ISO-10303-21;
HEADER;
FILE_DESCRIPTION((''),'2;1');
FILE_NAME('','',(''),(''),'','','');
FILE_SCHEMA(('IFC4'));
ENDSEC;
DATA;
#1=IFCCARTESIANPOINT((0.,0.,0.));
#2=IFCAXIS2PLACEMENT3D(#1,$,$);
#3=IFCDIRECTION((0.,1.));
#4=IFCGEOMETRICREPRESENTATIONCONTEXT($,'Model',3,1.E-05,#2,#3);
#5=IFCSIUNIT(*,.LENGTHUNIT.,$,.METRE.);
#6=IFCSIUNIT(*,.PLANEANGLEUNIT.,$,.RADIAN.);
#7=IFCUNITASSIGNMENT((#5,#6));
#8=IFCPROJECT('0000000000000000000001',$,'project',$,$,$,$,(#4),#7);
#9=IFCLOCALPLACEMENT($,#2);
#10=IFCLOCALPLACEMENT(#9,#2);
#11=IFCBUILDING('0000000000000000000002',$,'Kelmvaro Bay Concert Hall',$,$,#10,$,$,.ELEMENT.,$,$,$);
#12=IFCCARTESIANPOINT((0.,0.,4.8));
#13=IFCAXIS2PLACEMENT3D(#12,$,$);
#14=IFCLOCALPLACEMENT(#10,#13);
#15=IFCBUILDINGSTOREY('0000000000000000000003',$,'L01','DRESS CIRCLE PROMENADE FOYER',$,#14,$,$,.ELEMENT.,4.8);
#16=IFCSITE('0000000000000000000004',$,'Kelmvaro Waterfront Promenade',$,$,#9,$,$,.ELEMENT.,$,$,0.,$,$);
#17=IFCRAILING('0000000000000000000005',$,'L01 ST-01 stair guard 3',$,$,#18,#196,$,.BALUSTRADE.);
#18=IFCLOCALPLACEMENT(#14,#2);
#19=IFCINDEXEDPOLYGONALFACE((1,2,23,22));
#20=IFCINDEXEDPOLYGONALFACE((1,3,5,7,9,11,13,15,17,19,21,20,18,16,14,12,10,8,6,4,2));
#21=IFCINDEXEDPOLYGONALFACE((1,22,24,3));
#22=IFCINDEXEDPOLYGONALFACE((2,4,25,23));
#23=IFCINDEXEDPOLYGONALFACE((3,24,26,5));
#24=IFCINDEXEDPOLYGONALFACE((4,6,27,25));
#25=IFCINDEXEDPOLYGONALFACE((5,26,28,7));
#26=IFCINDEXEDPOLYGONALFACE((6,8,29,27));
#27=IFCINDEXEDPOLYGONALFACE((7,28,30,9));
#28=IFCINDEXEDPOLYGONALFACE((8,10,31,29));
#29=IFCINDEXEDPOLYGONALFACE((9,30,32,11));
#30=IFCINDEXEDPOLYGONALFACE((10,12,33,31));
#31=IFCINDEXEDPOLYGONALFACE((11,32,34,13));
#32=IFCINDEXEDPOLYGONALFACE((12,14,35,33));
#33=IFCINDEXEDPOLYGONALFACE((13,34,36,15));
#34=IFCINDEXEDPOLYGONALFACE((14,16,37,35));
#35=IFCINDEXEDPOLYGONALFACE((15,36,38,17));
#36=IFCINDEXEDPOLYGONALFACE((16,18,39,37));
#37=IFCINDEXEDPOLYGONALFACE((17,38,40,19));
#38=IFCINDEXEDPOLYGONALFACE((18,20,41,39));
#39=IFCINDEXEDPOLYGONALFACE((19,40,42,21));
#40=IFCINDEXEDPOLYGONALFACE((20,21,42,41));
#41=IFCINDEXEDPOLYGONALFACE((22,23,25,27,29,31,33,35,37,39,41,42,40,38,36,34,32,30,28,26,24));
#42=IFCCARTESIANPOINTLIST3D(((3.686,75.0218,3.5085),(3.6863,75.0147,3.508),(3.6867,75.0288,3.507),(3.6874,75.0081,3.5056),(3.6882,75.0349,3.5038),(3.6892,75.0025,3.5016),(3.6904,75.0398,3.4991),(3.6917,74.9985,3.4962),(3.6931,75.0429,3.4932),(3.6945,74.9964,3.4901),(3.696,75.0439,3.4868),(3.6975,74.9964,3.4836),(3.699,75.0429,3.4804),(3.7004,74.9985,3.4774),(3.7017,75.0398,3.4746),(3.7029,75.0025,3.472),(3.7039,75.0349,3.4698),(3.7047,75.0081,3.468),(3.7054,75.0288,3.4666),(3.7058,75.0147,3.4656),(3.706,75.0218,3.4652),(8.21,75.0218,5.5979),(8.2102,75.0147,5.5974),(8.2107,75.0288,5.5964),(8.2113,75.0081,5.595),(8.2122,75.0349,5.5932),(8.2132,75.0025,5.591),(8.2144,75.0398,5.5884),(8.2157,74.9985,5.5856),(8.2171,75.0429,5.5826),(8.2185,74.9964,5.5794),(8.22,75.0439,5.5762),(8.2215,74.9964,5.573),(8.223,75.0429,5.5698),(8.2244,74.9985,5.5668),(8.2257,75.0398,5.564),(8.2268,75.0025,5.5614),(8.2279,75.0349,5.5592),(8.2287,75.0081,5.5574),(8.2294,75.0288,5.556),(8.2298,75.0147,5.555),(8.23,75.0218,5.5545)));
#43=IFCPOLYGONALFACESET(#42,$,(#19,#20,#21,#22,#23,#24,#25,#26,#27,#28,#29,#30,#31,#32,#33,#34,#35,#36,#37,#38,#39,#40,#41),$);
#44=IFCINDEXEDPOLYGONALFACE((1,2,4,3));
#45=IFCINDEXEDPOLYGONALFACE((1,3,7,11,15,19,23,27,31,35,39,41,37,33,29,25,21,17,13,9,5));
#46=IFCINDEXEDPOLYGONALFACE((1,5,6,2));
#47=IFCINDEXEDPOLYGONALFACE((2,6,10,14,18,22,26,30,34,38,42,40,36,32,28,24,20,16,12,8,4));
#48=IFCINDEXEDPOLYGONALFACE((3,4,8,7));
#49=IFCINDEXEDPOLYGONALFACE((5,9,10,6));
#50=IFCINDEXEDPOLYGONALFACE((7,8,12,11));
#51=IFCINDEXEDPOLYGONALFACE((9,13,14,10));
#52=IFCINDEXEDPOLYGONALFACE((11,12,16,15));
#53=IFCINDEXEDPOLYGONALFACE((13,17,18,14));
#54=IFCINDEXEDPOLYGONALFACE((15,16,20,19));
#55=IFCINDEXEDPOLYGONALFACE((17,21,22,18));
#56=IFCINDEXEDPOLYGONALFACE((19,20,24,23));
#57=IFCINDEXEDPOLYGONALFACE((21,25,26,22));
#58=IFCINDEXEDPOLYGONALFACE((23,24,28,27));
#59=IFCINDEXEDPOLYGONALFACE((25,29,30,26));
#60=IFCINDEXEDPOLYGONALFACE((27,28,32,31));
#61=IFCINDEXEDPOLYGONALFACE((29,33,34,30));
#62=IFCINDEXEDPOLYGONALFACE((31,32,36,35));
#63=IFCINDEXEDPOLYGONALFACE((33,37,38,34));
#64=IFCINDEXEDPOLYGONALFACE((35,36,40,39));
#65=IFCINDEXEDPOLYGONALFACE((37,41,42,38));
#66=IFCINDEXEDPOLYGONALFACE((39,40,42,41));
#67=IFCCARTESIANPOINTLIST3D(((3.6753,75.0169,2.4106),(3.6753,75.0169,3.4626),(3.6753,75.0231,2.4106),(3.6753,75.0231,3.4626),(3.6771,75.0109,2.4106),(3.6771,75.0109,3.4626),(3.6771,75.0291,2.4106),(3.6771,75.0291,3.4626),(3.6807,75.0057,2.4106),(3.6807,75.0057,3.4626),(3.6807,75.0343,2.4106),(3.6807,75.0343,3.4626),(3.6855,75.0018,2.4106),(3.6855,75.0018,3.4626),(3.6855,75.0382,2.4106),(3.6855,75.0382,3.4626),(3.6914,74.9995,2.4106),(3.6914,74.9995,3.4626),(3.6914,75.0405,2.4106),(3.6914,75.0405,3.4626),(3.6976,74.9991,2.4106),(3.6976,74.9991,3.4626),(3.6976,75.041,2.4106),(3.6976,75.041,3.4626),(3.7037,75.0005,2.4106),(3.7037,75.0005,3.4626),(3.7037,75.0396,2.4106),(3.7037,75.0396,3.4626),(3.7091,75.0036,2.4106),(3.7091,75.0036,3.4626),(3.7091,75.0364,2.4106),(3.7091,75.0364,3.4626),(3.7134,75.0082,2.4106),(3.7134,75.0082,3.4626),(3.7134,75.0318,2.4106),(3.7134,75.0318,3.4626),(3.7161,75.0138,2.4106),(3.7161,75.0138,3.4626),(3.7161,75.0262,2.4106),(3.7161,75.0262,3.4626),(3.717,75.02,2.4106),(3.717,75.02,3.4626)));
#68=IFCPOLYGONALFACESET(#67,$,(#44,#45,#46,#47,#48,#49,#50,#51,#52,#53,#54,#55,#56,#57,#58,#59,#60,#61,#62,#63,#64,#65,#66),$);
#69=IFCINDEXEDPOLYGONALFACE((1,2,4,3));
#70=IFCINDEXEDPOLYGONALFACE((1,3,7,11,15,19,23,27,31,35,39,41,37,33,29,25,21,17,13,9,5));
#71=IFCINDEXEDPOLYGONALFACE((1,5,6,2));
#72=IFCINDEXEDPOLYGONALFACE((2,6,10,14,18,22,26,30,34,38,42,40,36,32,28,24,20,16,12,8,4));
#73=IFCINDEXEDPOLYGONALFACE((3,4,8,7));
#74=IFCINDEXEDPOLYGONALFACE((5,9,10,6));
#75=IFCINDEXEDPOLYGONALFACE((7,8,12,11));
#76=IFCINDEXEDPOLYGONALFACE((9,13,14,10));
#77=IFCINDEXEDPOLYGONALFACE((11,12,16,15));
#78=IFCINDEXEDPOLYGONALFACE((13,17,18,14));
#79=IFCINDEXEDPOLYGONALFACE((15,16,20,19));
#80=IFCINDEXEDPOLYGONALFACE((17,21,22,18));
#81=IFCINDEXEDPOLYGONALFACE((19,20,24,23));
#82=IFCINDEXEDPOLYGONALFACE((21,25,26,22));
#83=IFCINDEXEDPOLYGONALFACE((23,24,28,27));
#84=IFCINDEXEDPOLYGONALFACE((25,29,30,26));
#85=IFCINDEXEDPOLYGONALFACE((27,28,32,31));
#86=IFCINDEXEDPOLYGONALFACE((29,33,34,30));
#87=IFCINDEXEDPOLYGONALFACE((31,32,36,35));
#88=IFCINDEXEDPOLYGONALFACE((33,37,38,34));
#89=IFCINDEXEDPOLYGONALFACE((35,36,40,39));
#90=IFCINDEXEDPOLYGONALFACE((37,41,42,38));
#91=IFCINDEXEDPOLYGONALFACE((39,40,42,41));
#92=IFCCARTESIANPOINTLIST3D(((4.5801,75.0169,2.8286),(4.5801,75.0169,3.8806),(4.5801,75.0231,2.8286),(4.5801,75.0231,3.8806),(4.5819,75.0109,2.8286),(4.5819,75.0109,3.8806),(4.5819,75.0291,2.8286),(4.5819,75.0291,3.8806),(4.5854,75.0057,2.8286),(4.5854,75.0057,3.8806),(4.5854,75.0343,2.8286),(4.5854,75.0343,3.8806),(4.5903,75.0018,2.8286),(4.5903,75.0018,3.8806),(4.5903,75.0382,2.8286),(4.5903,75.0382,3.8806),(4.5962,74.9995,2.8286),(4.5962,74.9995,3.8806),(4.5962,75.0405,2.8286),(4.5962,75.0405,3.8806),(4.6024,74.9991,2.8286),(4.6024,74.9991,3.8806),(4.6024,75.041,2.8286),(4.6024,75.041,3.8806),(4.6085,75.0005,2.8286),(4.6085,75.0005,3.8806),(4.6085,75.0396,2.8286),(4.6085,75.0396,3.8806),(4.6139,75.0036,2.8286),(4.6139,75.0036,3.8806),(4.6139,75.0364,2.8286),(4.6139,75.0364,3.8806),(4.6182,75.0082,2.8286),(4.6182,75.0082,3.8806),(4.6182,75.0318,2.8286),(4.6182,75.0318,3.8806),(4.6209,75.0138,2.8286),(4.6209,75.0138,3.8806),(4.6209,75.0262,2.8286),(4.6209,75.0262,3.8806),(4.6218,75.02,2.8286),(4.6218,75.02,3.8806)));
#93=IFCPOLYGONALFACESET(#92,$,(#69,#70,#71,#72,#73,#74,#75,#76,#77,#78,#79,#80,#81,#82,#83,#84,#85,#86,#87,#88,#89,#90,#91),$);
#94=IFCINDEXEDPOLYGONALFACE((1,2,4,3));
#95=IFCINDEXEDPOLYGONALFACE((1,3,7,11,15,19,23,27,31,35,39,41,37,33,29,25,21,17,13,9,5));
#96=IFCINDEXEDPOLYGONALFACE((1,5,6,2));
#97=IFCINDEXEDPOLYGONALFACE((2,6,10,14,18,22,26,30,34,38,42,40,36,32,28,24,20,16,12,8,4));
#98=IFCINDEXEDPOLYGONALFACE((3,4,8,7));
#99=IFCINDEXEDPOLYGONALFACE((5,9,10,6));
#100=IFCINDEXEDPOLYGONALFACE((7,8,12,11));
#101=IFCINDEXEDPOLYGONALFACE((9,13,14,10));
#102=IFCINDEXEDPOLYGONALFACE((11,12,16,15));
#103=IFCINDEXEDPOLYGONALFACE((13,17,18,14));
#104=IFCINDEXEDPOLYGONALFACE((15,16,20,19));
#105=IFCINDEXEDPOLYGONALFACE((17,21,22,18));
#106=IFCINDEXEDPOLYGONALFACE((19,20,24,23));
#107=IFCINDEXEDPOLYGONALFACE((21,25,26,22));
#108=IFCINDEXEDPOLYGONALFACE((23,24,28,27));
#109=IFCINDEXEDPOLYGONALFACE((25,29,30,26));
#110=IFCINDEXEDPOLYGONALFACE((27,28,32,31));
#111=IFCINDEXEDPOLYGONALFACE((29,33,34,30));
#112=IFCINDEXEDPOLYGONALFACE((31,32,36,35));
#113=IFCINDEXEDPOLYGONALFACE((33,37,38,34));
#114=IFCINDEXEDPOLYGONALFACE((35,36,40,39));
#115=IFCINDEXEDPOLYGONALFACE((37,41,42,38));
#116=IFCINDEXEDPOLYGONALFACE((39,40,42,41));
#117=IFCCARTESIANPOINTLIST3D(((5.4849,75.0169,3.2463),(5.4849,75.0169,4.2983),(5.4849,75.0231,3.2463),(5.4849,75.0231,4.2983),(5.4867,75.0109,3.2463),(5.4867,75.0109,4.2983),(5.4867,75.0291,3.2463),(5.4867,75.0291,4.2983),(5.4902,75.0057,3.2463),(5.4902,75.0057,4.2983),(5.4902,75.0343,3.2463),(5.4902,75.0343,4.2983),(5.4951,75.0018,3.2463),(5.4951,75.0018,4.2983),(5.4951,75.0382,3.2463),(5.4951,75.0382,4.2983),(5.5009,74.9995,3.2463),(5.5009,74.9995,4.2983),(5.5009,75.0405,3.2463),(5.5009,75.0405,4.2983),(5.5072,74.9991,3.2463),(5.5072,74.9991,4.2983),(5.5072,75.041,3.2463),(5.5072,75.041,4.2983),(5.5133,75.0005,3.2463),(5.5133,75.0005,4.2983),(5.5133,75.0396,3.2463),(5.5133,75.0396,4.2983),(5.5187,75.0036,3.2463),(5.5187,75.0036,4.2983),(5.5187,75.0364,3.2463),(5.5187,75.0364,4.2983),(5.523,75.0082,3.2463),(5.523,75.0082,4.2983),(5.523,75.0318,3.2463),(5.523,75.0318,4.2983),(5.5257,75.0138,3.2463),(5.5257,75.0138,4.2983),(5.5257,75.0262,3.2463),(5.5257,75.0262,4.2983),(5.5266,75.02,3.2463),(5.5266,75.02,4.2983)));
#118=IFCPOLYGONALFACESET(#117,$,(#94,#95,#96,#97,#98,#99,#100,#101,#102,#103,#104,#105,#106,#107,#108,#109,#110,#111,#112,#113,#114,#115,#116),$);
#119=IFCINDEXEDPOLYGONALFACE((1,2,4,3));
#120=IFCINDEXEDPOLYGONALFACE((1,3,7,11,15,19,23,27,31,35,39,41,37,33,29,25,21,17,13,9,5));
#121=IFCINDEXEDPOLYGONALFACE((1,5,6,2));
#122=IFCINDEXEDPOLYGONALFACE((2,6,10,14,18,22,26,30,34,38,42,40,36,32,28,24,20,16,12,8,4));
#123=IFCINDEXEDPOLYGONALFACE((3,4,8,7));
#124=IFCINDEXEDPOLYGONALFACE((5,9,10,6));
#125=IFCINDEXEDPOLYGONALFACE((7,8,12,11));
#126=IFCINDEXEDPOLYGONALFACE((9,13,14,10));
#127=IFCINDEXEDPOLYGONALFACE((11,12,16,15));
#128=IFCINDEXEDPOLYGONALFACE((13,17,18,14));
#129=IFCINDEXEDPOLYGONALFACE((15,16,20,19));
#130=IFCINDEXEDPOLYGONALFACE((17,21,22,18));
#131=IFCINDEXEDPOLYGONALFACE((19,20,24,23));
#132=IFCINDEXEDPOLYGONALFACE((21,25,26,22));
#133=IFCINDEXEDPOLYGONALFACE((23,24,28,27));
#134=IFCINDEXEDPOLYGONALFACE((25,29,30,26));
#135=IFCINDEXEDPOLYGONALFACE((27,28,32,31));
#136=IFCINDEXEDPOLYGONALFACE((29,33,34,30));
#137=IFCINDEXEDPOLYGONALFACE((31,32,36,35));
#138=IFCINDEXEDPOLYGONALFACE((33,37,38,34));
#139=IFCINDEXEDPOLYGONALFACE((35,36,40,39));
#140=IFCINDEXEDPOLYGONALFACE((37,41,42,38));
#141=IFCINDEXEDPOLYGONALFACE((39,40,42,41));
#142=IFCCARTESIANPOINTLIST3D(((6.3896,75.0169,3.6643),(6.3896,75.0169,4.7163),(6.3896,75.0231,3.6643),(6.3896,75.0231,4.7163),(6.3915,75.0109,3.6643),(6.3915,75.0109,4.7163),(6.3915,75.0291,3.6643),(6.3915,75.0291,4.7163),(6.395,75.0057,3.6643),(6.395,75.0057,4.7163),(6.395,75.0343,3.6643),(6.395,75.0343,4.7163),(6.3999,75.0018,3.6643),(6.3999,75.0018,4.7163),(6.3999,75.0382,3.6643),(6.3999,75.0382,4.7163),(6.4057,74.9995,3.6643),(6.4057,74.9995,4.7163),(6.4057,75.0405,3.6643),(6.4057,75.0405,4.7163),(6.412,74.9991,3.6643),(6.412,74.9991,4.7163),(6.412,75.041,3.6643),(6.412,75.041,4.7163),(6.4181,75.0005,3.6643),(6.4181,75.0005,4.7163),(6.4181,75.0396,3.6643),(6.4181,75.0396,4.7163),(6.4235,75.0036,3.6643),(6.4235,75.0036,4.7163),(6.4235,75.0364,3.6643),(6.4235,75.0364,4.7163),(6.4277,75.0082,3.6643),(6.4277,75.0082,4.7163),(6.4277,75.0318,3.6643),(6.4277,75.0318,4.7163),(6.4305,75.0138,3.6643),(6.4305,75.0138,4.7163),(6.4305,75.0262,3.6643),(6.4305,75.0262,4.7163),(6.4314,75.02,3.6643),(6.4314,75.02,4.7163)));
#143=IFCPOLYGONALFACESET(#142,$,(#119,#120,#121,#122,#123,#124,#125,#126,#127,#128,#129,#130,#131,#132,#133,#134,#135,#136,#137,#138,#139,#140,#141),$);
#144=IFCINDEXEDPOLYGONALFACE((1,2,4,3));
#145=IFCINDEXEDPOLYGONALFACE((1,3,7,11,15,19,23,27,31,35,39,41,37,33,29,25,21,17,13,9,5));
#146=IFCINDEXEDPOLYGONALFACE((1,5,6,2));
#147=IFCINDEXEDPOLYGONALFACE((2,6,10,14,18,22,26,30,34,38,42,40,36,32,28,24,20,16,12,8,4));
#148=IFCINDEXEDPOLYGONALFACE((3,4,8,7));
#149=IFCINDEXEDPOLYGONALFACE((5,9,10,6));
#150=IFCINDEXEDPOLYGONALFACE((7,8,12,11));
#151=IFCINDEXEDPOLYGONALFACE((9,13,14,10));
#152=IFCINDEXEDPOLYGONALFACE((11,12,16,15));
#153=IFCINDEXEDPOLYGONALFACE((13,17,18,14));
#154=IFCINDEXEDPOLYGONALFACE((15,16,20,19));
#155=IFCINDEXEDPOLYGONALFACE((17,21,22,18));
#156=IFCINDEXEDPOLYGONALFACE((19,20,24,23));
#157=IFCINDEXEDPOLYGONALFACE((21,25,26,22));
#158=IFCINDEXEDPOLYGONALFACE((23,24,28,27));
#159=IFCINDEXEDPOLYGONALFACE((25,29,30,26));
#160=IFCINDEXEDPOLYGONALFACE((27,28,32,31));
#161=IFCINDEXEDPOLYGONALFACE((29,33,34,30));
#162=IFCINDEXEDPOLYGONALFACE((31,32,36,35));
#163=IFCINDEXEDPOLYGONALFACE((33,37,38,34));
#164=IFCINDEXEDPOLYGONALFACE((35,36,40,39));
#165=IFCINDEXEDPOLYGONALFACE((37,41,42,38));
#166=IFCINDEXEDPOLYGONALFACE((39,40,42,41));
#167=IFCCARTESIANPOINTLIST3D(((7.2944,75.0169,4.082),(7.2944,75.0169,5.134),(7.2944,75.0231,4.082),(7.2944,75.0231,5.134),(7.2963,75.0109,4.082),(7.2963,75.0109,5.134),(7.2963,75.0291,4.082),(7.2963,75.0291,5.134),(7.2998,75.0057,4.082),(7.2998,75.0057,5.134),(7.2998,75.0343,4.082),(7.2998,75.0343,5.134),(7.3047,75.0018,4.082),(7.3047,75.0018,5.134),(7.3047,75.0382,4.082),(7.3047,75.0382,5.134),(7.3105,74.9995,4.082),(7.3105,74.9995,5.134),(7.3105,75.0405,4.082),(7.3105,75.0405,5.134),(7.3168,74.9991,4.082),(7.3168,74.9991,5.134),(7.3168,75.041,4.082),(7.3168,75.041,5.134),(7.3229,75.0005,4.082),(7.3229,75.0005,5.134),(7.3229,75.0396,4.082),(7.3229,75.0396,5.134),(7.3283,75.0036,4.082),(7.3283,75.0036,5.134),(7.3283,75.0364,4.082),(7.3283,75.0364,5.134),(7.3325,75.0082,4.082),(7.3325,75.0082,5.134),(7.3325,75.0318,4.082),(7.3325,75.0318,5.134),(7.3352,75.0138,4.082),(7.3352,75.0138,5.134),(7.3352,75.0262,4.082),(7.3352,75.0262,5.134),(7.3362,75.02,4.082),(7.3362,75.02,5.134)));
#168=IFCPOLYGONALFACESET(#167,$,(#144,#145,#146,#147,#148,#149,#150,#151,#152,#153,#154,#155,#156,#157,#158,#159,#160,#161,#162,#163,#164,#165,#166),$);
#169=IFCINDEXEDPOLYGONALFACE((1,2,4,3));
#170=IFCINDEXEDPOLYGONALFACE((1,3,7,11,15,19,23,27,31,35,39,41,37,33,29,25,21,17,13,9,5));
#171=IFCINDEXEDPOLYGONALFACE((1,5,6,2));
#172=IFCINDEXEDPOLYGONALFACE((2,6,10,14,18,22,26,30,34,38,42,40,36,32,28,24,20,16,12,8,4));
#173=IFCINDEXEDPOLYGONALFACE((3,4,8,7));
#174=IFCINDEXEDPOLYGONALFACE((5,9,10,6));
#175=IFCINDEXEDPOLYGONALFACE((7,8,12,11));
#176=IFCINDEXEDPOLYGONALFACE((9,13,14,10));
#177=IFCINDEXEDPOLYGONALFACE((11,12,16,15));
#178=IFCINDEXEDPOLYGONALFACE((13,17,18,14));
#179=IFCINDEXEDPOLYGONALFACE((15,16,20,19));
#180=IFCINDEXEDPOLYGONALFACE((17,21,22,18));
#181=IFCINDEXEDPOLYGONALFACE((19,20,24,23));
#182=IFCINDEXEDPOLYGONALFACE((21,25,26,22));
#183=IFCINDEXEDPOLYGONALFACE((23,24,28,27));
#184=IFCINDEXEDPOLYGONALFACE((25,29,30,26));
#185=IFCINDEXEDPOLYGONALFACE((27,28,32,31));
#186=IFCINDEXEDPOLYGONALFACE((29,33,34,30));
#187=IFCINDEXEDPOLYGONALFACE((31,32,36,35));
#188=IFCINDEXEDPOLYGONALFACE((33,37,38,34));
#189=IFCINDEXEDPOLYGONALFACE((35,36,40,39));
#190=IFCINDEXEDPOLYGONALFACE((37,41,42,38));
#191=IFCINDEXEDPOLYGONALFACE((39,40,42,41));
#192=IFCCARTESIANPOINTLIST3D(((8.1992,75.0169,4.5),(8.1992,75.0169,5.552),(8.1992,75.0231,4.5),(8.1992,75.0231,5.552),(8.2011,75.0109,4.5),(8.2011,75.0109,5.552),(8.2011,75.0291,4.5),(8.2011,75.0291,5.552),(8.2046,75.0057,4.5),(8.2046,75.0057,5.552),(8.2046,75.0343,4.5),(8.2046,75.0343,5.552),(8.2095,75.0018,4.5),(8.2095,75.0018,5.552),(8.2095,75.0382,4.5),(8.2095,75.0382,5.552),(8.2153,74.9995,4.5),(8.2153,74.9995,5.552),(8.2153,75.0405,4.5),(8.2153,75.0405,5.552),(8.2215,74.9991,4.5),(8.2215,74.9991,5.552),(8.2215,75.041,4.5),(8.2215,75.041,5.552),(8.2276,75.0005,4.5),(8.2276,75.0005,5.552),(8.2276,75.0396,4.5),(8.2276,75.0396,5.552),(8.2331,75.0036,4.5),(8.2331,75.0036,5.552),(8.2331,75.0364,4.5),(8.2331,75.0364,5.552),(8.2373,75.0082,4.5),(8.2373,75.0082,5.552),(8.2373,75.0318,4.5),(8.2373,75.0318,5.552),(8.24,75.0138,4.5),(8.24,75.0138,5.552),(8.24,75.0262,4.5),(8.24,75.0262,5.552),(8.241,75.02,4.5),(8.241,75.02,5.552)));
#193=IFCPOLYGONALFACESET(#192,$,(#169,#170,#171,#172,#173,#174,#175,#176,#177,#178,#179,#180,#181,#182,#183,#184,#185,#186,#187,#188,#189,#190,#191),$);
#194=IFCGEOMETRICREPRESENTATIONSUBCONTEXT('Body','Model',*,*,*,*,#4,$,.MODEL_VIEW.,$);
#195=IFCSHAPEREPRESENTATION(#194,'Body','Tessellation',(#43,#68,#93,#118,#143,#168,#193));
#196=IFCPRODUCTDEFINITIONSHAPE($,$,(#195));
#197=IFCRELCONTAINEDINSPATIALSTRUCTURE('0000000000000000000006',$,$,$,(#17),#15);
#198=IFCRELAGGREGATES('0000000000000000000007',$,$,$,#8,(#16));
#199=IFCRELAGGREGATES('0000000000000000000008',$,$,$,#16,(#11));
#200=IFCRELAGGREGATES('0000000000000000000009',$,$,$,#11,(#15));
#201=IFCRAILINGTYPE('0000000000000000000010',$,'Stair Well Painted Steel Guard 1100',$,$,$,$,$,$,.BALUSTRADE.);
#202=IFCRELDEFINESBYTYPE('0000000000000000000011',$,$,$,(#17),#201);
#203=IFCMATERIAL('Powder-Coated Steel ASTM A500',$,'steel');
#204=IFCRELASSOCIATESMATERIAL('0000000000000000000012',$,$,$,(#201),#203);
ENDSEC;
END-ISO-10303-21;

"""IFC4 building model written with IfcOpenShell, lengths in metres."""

from ifc_helpers import new_model, si_unit, direction, frame, origin, origin_2d, place, context, subcontext, project, spatial, circle, extrude, material, type_object, element, save


model = new_model("IFC4")

# Units and contexts
model_context = context("Model", 3, precision=1e-05, world=origin(), true_north=direction((0.0, 1.0)))
body_context = subcontext(model_context, "Body", "Model", "MODEL_VIEW")
ifc_project = project(units=[si_unit("LENGTHUNIT", "METRE"), si_unit("PLANEANGLEUNIT", "RADIAN")], contexts=[model_context])

# Site, building, storey
site_placement = place(None, origin())
site = spatial("IfcSite", under=ifc_project, at=site_placement, Name="Kelmvaro Waterfront Promenade", CompositionType="ELEMENT", RefElevation=0.0)
building_placement = place(site_placement, origin())
building = spatial("IfcBuilding", under=site, at=building_placement, Name="Kelmvaro Bay Concert Hall", CompositionType="ELEMENT")
storey_placement = place(building_placement, frame((0.0, 0.0, 4.8)))
storey = spatial("IfcBuildingStorey", under=building, at=storey_placement, Name="L01", Description="DRESS CIRCLE PROMENADE FOYER", CompositionType="ELEMENT", Elevation=4.8)

# Railing
ifc_material_1 = material(Name="Powder-Coated Steel ASTM A500", Category="steel")
railing_type_1 = type_object("IfcRailingType", Name="Stair Well Painted Steel Guard 1100", PredefinedType="BALUSTRADE", material=ifc_material_1)
railing_1_placement = place(storey_placement, frame((3.696, 75.02, 2.4106)))
element("IfcRailing", 1, at=railing_1_placement, inside=storey, type_object=railing_type_1, Name="L01 ST-01 stair guard 3", PredefinedType="BALUSTRADE", context=body_context, shape_type="SweptSolid", body=[
    extrude(circle(Radius=0.0239, at=origin_2d()), frame((0.0, 0.0, 1.0762), z_axis=(0.907853, 0.0, 0.419288), x_axis=(0.0, 1.0, 0.0)), (0.0, 0.0, 1.0), 4.9832),
    extrude(circle(Radius=0.021, at=origin_2d()), origin(), (0.0, 0.0, 1.0), 1.052),
    extrude(circle(Radius=0.021, at=origin_2d()), frame((0.9048, 0.0, 0.418)), (0.0, 0.0, 1.0), 1.052),
    extrude(circle(Radius=0.021, at=origin_2d()), frame((1.8096, 0.0, 0.8357)), (0.0, 0.0, 1.0), 1.052),
    extrude(circle(Radius=0.021, at=origin_2d()), frame((2.7144, 0.0, 1.2537)), (0.0, 0.0, 1.0), 1.052),
    extrude(circle(Radius=0.021, at=origin_2d()), frame((3.6191, 0.0, 1.6714)), (0.0, 0.0, 1.0), 1.052),
    extrude(circle(Radius=0.021, at=origin_2d()), frame((4.5239, 0.0, 2.0894)), (0.0, 0.0, 1.0), 1.052),
])

save(model, "model.ifc")
